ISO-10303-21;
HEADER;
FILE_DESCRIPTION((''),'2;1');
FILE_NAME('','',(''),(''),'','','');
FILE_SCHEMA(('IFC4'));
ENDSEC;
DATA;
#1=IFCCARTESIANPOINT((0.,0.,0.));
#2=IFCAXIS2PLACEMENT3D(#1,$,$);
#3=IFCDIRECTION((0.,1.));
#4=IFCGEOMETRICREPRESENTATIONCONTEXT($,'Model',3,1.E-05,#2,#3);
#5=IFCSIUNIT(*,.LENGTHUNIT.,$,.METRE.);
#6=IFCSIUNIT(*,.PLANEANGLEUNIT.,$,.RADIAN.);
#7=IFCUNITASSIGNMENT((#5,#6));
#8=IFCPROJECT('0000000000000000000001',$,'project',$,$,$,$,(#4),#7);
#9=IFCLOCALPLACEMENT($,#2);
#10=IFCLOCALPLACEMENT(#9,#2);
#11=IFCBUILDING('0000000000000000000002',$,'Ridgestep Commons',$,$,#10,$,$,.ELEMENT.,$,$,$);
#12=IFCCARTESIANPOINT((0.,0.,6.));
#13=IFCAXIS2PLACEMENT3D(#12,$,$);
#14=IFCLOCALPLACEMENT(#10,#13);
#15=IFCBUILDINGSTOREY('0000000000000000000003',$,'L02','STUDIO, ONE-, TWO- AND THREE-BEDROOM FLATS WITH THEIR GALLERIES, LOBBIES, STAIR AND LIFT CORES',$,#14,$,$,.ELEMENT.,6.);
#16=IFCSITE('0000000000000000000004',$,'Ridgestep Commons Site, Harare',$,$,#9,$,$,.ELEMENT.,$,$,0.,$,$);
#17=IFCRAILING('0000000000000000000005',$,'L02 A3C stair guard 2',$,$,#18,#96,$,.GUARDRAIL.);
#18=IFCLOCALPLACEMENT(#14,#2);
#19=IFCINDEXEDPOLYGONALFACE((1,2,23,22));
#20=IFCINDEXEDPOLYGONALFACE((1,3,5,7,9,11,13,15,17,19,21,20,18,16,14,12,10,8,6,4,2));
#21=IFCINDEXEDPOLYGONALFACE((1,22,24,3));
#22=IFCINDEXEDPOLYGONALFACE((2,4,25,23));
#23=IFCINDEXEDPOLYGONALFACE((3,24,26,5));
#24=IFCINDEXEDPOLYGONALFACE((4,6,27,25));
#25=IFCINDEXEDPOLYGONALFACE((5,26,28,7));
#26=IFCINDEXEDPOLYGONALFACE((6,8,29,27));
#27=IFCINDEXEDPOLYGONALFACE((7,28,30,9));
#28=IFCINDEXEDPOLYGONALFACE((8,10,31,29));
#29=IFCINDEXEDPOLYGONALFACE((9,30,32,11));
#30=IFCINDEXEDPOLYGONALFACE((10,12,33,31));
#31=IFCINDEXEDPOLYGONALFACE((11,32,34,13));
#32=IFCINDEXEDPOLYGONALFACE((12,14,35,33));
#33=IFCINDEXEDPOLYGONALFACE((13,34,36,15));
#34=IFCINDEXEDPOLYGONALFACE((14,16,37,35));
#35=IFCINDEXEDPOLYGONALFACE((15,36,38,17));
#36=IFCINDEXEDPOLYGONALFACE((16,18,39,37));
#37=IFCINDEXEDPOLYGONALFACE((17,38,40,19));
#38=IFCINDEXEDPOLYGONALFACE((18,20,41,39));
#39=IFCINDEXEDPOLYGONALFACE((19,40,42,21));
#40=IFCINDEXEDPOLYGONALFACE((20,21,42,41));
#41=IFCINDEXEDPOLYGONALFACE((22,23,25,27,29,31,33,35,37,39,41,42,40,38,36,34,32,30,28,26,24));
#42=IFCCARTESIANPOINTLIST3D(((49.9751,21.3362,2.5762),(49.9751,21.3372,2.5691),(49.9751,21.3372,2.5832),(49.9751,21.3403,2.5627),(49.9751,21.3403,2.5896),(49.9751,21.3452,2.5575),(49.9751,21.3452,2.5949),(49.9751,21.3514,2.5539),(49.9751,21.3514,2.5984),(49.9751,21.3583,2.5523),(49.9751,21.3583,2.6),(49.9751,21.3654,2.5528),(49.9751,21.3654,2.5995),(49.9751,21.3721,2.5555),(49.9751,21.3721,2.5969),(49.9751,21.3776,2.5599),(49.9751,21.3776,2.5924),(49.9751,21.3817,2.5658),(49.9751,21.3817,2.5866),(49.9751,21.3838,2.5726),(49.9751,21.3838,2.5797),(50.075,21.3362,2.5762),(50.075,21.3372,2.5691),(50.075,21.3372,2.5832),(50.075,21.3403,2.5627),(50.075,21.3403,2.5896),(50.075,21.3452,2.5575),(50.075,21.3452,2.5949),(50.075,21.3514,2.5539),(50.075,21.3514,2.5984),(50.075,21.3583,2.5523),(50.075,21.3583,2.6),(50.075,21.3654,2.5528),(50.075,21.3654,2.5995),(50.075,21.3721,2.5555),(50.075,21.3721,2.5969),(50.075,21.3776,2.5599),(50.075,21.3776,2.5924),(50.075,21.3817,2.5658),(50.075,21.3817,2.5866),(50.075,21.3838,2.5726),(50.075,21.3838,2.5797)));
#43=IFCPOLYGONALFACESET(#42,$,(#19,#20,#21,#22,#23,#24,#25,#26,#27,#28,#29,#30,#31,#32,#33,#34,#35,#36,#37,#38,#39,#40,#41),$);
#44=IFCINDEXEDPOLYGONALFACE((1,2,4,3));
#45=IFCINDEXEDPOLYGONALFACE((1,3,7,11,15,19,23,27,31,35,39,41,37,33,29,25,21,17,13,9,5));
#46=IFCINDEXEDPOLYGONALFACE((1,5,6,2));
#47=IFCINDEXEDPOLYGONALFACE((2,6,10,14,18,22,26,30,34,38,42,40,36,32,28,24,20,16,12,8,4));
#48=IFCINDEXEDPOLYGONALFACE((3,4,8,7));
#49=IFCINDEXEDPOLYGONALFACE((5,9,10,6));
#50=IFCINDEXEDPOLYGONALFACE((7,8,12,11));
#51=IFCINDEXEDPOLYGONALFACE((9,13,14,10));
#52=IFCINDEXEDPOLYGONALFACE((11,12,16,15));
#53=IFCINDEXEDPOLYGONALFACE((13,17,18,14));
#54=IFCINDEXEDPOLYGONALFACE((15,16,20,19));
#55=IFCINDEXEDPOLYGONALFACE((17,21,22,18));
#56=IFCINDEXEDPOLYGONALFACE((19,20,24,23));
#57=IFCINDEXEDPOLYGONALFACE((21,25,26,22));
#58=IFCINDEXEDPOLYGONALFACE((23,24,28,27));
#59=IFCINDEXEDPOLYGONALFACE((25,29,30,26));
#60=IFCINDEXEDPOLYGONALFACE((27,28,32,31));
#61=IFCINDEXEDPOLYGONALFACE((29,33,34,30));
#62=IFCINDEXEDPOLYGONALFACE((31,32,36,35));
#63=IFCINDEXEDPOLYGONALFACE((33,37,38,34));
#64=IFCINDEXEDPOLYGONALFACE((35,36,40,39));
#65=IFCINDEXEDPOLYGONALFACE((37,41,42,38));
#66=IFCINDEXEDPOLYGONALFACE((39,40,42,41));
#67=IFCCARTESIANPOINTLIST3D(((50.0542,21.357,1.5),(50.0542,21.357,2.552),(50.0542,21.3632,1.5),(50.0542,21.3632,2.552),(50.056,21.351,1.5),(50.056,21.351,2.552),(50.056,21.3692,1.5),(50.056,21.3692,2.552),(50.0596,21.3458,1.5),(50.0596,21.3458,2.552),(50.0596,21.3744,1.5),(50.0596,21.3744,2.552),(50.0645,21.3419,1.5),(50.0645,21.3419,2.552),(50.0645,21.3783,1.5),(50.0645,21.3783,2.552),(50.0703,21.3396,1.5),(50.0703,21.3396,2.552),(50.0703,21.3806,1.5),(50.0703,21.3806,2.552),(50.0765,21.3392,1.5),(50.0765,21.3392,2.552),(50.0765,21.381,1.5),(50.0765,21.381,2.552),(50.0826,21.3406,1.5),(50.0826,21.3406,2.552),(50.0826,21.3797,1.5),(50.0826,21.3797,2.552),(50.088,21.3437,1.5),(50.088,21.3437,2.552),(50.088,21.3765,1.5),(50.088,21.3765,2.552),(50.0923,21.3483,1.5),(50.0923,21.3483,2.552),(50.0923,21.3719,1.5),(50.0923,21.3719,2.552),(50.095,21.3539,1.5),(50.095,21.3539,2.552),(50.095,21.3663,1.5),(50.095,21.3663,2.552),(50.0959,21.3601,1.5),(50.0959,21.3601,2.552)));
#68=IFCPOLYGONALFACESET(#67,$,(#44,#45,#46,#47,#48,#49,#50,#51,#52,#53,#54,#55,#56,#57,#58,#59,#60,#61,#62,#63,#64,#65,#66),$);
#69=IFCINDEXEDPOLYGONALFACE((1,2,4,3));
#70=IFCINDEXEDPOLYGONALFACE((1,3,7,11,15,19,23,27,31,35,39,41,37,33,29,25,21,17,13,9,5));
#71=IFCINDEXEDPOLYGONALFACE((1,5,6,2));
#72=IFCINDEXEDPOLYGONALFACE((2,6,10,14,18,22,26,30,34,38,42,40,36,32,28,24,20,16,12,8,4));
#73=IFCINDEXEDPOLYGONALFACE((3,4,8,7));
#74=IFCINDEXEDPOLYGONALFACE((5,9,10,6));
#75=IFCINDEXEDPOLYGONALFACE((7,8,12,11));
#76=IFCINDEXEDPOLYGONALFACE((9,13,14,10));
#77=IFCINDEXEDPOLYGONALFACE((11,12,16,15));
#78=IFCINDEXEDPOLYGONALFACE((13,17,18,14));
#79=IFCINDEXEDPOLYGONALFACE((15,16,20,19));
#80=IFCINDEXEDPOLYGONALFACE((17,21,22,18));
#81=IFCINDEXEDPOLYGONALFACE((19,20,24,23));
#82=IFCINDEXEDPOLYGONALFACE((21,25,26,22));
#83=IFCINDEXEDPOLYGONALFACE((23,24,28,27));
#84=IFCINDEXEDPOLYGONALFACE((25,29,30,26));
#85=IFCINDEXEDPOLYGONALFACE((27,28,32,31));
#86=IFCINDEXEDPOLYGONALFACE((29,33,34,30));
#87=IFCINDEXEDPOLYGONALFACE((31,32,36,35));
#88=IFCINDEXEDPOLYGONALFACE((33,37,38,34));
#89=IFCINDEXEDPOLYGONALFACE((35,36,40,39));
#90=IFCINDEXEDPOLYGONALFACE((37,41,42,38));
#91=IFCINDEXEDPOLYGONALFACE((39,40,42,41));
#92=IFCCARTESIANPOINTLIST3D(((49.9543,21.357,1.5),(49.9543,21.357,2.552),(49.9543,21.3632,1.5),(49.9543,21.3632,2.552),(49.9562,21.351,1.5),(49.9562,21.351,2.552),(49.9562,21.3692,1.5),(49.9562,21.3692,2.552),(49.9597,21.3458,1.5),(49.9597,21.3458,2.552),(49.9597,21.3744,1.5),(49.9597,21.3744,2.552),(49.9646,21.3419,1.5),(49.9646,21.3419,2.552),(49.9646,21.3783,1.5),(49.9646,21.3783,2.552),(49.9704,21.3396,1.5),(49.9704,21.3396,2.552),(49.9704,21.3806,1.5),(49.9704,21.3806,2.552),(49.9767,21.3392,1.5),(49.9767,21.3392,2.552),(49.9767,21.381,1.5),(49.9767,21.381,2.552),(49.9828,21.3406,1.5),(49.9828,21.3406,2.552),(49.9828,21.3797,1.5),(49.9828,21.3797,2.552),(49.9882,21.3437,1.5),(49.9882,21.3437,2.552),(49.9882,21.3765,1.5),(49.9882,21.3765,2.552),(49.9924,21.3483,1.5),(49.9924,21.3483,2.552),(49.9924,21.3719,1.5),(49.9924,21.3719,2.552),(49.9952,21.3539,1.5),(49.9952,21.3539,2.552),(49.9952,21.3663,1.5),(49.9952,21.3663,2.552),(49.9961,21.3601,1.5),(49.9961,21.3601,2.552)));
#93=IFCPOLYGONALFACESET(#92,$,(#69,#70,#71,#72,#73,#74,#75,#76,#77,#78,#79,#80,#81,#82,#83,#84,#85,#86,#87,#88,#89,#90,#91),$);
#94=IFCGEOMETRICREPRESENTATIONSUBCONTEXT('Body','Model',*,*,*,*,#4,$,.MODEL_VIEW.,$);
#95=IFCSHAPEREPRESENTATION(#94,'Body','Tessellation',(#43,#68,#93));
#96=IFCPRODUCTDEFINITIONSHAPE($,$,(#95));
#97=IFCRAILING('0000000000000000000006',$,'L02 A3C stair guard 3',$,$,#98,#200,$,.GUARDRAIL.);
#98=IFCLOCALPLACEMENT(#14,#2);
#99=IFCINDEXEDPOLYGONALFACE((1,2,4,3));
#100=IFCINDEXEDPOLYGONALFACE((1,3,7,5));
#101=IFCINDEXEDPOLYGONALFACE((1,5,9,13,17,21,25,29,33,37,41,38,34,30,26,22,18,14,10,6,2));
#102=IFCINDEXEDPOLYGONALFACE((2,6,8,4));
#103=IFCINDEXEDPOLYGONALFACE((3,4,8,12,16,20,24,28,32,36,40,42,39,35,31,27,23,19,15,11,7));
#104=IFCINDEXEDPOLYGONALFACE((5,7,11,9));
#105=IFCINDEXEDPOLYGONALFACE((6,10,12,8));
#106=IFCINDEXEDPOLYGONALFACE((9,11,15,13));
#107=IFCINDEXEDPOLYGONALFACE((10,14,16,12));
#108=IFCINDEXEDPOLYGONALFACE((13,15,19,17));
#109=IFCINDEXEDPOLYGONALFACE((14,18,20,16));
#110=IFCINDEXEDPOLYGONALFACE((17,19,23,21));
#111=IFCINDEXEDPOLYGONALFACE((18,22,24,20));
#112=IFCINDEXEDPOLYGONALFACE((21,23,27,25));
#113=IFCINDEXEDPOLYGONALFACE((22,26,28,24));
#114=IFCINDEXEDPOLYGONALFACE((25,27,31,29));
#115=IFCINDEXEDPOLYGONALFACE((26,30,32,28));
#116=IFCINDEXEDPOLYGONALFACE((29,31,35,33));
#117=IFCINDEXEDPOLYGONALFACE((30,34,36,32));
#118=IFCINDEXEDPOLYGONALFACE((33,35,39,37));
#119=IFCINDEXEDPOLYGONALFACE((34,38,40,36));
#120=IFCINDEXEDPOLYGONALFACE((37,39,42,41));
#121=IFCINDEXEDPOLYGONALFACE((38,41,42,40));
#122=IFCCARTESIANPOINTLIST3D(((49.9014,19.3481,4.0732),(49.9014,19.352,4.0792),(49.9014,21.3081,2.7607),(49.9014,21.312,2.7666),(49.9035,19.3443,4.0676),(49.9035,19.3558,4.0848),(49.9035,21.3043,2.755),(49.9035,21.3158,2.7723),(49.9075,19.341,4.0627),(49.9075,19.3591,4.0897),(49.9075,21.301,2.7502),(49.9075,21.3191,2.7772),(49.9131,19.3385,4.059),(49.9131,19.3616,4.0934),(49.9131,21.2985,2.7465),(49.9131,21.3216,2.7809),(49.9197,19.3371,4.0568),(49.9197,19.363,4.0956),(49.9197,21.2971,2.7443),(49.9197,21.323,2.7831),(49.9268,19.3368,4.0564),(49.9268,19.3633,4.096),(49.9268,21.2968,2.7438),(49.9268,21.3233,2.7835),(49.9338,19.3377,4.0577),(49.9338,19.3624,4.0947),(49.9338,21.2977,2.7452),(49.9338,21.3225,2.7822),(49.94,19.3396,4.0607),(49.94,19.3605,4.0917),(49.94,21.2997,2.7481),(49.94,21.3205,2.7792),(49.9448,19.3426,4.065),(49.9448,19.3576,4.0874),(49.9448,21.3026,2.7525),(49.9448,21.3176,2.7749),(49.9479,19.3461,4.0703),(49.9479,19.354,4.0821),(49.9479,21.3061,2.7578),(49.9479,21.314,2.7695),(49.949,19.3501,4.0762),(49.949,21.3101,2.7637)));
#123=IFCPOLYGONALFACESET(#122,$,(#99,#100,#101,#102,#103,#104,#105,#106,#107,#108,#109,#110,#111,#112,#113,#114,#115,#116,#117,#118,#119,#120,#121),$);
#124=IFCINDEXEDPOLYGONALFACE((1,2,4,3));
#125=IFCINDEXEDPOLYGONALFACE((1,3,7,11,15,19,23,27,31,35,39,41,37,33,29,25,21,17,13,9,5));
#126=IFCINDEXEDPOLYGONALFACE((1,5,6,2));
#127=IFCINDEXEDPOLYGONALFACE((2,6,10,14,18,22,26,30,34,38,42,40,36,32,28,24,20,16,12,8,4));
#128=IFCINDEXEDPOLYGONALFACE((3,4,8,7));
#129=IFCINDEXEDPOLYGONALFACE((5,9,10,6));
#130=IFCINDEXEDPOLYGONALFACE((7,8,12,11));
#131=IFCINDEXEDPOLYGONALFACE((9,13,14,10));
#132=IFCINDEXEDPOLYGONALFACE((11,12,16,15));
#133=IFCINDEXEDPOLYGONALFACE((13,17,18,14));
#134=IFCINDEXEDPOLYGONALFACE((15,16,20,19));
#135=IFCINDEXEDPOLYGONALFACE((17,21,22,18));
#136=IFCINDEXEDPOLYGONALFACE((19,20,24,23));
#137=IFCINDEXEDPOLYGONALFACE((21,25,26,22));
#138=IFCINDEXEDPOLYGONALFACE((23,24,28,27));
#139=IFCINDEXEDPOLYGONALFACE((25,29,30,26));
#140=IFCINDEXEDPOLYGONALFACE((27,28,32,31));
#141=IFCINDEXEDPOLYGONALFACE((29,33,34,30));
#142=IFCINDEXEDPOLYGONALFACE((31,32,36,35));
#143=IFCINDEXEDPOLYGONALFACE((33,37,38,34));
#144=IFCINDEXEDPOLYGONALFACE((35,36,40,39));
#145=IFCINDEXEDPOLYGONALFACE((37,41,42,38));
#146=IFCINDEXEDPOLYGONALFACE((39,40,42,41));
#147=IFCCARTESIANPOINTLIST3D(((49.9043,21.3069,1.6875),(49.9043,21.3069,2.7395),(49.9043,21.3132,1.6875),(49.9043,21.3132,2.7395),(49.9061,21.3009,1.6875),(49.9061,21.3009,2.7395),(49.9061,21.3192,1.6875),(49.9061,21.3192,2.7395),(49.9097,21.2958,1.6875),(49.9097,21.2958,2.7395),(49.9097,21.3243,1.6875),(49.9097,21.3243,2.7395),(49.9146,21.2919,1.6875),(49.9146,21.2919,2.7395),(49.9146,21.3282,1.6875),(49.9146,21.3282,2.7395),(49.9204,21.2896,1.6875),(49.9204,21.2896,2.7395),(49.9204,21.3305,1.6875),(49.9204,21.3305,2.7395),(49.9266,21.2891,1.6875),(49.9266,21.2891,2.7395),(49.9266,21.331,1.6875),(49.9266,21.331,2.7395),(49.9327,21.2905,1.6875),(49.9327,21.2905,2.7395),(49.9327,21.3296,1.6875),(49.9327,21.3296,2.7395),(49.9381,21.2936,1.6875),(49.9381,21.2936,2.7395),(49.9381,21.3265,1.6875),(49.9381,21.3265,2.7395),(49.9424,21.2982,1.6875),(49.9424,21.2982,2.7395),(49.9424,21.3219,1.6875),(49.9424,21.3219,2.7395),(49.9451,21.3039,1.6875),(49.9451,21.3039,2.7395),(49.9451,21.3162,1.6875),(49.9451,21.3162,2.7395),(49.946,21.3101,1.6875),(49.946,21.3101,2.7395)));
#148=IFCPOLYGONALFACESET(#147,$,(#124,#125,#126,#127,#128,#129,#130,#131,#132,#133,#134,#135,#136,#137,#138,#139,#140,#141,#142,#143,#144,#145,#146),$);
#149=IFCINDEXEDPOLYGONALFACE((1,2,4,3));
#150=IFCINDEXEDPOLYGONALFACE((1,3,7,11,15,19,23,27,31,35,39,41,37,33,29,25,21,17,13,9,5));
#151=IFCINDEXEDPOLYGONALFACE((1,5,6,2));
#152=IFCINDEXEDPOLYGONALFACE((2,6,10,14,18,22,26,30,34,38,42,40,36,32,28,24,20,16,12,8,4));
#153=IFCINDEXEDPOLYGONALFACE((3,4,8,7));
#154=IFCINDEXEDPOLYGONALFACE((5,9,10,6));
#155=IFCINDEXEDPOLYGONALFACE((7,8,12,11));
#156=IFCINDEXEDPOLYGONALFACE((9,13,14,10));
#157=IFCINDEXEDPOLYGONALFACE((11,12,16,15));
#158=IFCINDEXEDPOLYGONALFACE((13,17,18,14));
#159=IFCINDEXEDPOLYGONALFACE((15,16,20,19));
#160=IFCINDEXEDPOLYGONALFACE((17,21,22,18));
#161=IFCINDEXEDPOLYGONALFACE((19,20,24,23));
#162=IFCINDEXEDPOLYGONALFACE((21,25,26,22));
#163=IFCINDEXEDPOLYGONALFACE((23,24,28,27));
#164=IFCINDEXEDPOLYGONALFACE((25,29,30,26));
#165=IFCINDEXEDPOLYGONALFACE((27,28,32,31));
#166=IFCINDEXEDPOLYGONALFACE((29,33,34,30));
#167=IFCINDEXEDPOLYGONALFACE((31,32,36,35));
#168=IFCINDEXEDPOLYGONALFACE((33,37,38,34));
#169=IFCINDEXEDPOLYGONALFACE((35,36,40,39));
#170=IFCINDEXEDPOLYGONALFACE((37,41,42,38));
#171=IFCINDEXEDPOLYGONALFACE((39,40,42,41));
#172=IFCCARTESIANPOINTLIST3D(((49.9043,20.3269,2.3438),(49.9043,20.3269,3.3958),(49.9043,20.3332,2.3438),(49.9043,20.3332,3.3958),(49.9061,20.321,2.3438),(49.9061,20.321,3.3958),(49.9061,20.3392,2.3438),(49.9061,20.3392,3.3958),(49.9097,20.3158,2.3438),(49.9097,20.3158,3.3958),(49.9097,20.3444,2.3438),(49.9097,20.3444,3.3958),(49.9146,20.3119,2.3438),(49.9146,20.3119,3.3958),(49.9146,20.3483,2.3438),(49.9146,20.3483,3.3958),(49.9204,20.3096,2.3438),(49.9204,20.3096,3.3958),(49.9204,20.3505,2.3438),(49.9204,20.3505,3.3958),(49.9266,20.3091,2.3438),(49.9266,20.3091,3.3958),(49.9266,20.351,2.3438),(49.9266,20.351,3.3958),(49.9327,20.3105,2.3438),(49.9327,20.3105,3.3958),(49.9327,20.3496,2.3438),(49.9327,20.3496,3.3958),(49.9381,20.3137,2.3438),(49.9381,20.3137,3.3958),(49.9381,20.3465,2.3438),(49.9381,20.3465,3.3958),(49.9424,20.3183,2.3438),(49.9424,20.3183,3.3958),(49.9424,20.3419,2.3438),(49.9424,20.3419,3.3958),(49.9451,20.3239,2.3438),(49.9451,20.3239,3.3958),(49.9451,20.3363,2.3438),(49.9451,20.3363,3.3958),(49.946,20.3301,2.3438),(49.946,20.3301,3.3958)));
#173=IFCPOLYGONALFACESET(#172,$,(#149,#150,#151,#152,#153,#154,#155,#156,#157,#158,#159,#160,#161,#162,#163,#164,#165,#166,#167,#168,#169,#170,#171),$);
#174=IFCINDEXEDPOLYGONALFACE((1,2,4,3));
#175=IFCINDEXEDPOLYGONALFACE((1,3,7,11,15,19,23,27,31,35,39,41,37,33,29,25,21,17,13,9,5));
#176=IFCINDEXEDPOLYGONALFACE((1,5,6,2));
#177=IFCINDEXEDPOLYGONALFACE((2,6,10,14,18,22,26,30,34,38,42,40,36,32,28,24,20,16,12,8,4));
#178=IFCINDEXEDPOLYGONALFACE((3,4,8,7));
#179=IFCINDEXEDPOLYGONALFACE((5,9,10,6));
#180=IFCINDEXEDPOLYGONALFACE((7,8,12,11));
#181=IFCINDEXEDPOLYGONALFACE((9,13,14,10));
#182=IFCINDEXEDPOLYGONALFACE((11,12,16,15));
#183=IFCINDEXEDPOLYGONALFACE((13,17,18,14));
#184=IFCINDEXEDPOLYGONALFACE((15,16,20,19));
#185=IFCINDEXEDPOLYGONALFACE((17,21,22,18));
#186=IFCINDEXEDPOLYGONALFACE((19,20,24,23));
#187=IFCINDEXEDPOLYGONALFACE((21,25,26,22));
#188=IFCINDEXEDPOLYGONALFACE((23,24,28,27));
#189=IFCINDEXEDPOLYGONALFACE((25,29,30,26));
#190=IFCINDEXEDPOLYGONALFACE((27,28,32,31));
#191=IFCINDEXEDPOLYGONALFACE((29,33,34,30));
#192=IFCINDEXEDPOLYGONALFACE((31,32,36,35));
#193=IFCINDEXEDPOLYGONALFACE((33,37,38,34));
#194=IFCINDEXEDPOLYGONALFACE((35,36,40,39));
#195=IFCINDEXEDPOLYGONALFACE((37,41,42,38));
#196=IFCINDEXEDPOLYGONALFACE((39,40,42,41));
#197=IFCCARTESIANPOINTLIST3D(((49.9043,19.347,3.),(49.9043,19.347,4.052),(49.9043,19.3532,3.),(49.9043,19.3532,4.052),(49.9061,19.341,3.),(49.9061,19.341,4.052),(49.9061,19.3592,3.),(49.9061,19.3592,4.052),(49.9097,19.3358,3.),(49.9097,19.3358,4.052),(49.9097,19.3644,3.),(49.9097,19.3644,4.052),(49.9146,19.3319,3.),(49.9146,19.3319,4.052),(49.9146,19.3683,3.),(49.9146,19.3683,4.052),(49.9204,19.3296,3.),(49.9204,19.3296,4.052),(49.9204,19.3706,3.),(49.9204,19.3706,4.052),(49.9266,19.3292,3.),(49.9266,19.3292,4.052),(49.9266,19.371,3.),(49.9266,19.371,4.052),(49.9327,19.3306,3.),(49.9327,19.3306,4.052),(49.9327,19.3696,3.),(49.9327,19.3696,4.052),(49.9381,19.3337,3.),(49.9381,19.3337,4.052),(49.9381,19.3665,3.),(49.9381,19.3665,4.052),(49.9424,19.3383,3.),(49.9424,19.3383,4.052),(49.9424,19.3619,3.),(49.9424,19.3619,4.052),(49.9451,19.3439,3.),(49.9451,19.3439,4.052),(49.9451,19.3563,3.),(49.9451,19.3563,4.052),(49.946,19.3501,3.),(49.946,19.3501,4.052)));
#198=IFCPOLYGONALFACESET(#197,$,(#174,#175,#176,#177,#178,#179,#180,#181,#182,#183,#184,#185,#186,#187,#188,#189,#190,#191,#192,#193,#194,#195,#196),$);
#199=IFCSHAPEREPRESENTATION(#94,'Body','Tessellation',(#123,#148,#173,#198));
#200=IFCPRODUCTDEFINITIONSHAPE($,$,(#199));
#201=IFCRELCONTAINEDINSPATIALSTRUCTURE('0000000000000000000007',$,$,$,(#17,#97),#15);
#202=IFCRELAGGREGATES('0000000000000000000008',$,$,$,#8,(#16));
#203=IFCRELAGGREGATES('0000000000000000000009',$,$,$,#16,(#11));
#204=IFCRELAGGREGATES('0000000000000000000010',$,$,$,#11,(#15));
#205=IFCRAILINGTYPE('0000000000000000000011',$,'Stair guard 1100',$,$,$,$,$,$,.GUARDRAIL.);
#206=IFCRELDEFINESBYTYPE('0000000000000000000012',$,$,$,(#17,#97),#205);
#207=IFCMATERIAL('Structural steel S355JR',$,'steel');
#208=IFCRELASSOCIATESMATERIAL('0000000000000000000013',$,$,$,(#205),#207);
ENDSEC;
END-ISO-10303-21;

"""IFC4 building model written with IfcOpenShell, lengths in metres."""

from ifc_helpers import new_model, si_unit, direction, frame, origin, origin_2d, place, context, subcontext, project, spatial, circle, extrude, material, type_object, element, save


model = new_model("IFC4")

# Units and contexts
model_context = context("Model", 3, precision=1e-05, world=origin(), true_north=direction((0.0, 1.0)))
body_context = subcontext(model_context, "Body", "Model", "MODEL_VIEW")
ifc_project = project(units=[si_unit("LENGTHUNIT", "METRE"), si_unit("PLANEANGLEUNIT", "RADIAN")], contexts=[model_context])

# Site, building, storey
site_placement = place(None, origin())
site = spatial("IfcSite", under=ifc_project, at=site_placement, Name="Ridgestep Commons Site, Harare", CompositionType="ELEMENT", RefElevation=0.0)
building_placement = place(site_placement, origin())
building = spatial("IfcBuilding", under=site, at=building_placement, Name="Ridgestep Commons", CompositionType="ELEMENT")
storey_placement = place(building_placement, frame((0.0, 0.0, 6.0)))
storey = spatial("IfcBuildingStorey", under=building, at=storey_placement, Name="L02", Description="STUDIO, ONE-, TWO- AND THREE-BEDROOM FLATS WITH THEIR GALLERIES, LOBBIES, STAIR AND LIFT CORES", CompositionType="ELEMENT", Elevation=6.0)

# Railings
ifc_material_1 = material(Name="Structural steel S355JR", Category="steel")
railing_type_1 = type_object("IfcRailingType", Name="Stair guard 1100", PredefinedType="GUARDRAIL", material=ifc_material_1)
railing_1_placement = place(storey_placement, frame((50.075, 21.3601, 1.5)))
element("IfcRailing", 1, at=railing_1_placement, inside=storey, type_object=railing_type_1, Name="L02 A3C stair guard 2", PredefinedType="GUARDRAIL", context=body_context, shape_type="SweptSolid", body=[
    extrude(circle(Radius=0.0239, at=origin_2d()), frame((0.0, 0.0, 1.0762), z_axis=(-1.0, 0.0, 0.0), x_axis=(0.0, -1.0, 0.0)), (0.0, 0.0, 1.0), 0.0999),
    extrude(circle(Radius=0.021, at=origin_2d()), origin(), (0.0, 0.0, 1.0), 1.052),
    extrude(circle(Radius=0.021, at=origin_2d()), frame((-0.0999, 0.0, 0.0)), (0.0, 0.0, 1.0), 1.052),
])
railing_2_placement = place(storey_placement, frame((49.925, 21.3101, 1.6875)))
element("IfcRailing", 2, at=railing_2_placement, inside=storey, type_object=railing_type_1, Name="L02 A3C stair guard 3", PredefinedType="GUARDRAIL", context=body_context, shape_type="SweptSolid", body=[
    extrude(circle(Radius=0.0239, at=origin_2d()), frame((0.0, 0.0, 1.0762), z_axis=(0.0, -0.830902, 0.556419), x_axis=(1.0, 0.0, 0.0)), (0.0, 0.0, 1.0), 2.3589),
    extrude(circle(Radius=0.021, at=origin_2d()), origin(), (0.0, 0.0, 1.0), 1.052),
    extrude(circle(Radius=0.021, at=origin_2d()), frame((0.0, -0.98, 0.6562)), (0.0, 0.0, 1.0), 1.052),
    extrude(circle(Radius=0.021, at=origin_2d()), frame((0.0, -1.96, 1.3125)), (0.0, 0.0, 1.0), 1.052),
])

save(model, "model.ifc")
